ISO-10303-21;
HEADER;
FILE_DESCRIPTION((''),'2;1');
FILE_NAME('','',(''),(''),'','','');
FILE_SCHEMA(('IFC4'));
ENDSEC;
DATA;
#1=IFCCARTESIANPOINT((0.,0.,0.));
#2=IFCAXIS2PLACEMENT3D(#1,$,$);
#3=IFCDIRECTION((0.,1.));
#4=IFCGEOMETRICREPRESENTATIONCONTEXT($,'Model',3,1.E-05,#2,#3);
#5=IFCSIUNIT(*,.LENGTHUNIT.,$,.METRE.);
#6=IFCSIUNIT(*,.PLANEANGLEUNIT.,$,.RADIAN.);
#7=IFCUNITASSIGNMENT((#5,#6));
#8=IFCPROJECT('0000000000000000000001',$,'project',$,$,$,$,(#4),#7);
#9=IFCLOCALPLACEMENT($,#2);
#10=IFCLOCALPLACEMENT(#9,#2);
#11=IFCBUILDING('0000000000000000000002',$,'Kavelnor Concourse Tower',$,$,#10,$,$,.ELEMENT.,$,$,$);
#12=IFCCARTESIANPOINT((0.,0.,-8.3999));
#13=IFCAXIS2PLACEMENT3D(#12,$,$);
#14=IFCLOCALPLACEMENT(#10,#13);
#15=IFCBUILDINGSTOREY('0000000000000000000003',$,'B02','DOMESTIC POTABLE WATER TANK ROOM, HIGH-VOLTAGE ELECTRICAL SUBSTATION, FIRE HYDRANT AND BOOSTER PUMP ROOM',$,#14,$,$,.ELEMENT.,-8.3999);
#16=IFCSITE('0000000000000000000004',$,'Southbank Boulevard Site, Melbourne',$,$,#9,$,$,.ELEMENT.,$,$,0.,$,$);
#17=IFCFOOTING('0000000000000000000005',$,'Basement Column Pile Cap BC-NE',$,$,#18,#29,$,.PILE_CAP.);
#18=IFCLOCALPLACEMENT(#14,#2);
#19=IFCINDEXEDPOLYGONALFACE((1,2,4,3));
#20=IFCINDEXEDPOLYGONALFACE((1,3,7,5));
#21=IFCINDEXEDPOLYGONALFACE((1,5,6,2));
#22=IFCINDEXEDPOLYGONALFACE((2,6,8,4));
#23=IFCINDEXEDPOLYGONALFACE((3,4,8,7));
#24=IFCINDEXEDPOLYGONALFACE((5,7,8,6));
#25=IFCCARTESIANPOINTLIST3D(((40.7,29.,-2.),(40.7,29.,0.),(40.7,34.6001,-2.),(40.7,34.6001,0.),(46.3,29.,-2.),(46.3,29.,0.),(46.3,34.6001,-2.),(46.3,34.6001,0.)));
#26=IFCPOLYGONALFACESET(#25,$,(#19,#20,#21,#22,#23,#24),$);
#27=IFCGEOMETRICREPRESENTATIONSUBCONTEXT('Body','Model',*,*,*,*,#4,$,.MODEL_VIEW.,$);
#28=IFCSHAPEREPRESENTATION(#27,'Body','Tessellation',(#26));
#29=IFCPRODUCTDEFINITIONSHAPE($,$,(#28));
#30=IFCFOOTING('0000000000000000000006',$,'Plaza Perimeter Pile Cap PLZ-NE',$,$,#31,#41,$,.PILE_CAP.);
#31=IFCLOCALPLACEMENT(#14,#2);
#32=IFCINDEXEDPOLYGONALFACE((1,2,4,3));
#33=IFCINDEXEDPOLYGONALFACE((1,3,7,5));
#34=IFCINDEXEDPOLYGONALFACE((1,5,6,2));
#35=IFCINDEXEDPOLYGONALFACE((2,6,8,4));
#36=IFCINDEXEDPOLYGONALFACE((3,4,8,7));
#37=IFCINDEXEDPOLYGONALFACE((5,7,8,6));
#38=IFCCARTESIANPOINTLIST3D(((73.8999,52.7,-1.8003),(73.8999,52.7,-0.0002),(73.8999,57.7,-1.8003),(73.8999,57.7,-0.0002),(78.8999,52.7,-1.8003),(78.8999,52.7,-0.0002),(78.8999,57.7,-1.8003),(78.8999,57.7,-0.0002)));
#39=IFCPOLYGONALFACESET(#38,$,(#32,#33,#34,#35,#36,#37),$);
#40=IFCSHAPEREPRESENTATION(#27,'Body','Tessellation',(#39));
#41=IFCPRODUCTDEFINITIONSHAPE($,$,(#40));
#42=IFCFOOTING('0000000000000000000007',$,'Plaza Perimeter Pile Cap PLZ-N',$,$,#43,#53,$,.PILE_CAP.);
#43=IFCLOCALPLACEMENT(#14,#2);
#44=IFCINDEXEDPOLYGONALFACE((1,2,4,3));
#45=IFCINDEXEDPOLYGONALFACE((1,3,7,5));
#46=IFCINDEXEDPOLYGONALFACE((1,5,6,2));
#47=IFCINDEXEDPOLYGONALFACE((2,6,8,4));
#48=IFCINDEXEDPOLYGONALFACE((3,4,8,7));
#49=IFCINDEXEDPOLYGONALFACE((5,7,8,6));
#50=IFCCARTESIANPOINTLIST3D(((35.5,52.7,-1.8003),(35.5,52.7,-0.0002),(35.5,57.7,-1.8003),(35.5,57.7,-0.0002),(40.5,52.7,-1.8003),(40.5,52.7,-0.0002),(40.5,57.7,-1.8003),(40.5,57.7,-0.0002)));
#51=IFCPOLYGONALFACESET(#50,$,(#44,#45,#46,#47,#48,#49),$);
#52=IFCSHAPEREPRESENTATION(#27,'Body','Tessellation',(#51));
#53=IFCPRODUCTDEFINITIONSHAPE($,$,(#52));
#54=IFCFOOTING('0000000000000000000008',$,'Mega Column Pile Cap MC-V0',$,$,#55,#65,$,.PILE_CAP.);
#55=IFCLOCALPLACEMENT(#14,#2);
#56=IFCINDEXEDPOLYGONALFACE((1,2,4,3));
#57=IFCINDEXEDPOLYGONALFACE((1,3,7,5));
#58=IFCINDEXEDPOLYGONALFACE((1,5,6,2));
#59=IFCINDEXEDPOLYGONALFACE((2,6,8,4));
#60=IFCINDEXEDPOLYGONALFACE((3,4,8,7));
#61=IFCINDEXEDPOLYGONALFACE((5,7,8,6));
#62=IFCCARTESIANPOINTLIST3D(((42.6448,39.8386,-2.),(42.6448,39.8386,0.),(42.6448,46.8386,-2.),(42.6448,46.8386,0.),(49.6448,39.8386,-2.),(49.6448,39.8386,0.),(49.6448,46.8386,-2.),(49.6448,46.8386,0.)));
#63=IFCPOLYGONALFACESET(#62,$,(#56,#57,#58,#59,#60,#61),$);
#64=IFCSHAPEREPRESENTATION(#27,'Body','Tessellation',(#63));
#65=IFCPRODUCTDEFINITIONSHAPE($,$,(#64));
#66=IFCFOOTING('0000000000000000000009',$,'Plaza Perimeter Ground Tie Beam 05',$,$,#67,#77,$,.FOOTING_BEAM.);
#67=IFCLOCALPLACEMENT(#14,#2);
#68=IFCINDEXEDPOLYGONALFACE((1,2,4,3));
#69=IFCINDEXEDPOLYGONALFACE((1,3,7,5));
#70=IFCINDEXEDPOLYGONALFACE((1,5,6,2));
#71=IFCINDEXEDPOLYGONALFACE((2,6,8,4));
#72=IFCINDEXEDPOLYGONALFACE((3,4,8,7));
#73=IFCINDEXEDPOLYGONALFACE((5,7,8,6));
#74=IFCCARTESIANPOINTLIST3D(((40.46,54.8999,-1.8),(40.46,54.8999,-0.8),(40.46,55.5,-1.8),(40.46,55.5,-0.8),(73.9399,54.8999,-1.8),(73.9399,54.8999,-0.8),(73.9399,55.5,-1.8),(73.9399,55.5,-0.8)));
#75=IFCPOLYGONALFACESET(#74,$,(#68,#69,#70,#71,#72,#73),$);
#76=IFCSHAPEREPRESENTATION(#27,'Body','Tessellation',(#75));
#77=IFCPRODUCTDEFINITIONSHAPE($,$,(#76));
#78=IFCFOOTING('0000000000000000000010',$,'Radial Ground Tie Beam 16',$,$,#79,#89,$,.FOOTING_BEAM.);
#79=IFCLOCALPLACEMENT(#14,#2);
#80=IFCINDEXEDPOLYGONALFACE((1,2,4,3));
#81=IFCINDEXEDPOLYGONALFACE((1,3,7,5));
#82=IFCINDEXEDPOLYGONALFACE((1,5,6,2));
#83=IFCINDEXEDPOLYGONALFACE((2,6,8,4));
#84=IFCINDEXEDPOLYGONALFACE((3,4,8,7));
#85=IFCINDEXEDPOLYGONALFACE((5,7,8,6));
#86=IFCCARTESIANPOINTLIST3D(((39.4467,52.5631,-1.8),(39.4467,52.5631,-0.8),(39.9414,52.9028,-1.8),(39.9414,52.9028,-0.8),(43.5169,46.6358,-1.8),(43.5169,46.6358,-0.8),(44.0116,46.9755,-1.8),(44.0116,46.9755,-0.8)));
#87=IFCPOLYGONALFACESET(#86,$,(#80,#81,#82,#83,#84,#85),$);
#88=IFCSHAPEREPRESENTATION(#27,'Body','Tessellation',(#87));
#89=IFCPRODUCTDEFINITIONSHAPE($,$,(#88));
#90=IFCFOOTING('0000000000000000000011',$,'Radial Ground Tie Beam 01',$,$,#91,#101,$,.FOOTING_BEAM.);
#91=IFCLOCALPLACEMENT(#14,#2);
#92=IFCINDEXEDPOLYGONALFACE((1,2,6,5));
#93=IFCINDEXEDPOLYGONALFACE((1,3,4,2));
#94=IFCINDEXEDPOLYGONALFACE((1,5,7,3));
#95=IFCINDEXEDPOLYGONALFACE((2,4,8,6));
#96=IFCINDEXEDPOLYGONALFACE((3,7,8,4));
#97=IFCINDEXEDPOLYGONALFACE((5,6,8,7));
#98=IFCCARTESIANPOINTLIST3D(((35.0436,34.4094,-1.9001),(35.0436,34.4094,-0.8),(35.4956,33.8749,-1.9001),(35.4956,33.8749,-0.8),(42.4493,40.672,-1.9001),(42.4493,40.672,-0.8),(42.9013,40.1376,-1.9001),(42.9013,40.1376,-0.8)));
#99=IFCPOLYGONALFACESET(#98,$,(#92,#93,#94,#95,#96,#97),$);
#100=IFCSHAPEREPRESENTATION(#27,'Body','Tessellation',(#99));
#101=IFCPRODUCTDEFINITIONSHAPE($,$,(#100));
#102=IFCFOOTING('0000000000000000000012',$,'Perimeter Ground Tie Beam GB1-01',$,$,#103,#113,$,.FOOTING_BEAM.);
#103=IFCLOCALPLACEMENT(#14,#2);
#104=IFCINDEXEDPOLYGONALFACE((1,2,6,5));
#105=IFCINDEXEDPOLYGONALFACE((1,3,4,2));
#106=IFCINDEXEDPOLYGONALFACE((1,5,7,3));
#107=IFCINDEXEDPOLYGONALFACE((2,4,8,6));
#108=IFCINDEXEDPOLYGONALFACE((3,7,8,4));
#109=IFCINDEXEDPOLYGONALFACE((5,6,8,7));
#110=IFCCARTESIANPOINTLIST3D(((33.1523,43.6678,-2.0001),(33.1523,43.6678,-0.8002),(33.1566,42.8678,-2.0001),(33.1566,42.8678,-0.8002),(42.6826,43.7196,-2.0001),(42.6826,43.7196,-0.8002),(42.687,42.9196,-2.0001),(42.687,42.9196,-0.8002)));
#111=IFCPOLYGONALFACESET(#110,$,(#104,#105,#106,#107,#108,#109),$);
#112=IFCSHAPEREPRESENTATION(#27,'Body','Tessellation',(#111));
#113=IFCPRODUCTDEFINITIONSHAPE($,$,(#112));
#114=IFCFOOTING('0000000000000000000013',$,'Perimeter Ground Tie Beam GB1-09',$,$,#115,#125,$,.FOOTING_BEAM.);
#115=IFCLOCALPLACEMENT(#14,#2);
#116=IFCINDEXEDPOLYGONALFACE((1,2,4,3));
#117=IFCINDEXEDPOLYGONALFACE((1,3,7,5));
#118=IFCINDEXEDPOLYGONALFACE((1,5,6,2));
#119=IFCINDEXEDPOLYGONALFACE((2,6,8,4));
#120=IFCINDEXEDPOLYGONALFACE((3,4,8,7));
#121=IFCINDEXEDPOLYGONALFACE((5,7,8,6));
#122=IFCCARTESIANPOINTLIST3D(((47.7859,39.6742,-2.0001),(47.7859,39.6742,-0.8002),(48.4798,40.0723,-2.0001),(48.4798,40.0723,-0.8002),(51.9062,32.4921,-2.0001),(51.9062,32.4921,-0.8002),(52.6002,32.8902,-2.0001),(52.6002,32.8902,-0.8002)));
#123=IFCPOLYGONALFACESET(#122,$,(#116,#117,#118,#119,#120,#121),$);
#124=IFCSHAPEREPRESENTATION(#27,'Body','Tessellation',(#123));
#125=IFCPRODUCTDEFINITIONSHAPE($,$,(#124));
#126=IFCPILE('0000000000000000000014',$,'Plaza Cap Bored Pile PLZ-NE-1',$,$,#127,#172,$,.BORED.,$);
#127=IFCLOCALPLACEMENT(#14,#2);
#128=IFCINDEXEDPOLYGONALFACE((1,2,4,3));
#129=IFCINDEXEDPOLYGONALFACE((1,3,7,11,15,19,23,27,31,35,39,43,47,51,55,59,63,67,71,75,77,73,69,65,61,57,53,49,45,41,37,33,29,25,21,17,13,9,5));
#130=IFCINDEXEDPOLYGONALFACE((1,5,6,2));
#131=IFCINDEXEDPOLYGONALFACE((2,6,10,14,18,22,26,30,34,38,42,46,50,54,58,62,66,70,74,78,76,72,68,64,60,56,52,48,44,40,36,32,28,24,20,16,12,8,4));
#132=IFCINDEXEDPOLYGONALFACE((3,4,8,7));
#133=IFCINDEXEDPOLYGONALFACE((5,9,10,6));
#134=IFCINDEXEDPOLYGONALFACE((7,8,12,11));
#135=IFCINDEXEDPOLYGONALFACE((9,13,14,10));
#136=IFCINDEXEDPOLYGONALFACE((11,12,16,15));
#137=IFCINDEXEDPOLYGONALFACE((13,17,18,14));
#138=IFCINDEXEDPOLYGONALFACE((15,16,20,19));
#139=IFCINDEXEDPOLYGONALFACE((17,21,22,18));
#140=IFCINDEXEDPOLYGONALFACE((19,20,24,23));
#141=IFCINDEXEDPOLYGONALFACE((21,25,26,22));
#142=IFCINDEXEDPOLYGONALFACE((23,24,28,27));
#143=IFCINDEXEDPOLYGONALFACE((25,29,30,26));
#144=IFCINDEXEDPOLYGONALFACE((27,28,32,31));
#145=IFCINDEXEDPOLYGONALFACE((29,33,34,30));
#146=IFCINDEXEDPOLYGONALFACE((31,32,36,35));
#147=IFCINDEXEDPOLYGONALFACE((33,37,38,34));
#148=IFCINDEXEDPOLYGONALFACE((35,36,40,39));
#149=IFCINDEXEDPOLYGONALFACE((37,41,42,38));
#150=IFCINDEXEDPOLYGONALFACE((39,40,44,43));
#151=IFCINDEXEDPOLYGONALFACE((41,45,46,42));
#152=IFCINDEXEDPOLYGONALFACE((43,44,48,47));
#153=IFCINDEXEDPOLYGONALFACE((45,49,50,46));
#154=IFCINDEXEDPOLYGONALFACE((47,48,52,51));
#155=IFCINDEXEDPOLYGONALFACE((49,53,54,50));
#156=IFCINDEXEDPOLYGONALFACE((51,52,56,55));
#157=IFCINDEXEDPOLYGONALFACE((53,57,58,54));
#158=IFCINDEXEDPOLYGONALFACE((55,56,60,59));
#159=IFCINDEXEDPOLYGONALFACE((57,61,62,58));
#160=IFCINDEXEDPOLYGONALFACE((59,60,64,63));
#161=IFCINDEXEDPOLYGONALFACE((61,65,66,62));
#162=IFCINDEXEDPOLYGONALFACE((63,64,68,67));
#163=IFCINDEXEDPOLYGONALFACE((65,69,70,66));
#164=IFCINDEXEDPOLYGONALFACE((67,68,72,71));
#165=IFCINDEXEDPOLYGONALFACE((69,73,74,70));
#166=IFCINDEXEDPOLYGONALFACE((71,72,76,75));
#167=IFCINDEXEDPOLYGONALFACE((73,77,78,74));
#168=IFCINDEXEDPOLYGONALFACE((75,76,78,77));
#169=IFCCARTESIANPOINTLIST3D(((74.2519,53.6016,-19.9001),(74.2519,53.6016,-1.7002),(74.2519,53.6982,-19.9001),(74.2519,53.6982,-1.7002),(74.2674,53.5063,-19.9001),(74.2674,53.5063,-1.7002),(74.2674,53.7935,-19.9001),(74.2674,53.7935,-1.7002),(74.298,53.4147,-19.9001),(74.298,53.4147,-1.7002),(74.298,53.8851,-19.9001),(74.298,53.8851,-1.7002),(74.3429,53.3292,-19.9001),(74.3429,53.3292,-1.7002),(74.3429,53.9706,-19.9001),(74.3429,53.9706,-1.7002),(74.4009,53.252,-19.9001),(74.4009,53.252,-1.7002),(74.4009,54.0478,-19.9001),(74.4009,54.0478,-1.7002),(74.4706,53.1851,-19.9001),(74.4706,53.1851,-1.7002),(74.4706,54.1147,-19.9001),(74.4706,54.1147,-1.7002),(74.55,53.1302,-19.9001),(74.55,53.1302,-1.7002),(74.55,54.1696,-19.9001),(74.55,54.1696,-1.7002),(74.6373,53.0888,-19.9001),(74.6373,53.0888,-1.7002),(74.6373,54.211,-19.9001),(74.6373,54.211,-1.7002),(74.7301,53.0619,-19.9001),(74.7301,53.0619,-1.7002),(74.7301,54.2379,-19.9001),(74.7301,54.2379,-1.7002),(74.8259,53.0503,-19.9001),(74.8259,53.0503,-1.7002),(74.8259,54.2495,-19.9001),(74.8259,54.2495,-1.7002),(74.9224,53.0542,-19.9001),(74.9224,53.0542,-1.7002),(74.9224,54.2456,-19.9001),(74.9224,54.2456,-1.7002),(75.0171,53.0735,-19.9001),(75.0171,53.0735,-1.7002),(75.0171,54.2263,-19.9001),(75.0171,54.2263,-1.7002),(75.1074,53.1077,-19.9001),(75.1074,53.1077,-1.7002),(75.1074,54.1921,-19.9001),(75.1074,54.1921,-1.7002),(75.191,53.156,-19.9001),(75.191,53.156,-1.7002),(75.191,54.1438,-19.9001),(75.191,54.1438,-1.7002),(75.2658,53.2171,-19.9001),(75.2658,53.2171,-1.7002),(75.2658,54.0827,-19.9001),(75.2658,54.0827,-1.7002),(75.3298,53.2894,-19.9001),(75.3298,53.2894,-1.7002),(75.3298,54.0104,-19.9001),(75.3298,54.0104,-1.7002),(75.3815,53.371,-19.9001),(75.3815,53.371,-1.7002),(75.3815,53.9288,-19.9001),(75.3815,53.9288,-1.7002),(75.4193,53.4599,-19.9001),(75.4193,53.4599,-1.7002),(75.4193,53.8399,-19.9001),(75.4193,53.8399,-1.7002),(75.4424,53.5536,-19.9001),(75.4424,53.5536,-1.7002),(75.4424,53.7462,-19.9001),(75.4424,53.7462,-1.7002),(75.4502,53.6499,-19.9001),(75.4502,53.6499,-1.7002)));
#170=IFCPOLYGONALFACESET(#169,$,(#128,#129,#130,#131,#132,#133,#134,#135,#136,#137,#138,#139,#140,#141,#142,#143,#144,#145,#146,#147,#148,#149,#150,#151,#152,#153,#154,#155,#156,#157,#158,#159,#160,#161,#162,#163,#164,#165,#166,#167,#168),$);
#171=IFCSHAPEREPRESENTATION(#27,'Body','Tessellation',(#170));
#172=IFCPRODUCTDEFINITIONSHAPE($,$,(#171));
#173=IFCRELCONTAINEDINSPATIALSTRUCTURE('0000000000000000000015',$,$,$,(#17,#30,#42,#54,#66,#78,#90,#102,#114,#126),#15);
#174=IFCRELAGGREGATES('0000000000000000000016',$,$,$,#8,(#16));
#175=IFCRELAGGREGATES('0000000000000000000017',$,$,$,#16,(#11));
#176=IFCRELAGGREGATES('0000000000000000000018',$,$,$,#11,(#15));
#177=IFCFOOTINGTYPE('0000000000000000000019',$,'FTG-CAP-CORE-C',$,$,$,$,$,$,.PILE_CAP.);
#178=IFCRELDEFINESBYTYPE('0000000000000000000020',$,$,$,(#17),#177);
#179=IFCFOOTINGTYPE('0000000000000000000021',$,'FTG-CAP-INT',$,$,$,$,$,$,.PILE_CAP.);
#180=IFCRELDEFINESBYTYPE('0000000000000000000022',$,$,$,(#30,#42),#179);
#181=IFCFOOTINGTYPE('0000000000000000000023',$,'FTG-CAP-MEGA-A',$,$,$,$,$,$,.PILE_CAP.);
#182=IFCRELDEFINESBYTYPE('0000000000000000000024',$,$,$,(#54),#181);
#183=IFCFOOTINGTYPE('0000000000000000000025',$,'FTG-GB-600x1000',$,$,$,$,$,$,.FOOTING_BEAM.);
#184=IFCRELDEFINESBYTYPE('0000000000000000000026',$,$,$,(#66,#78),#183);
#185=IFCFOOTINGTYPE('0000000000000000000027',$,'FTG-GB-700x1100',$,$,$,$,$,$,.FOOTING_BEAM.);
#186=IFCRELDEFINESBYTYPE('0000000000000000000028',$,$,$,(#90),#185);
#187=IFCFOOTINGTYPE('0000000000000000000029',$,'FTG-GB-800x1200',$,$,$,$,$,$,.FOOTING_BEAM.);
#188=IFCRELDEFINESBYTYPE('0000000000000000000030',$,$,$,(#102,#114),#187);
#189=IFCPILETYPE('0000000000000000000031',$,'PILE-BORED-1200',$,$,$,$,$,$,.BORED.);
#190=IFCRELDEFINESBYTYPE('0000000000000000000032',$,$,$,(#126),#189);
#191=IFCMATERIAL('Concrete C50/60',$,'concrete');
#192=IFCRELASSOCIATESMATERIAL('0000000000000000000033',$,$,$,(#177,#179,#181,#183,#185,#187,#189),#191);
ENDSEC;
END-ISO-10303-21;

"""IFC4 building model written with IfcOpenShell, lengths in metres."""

from ifc_helpers import new_model, si_unit, direction, frame, origin, origin_2d, place, context, subcontext, project, spatial, rectangle, circle, extrude, material, material_profile, profile_set, type_object, element, save


model = new_model("IFC4")

# Units and contexts
model_context = context("Model", 3, precision=1e-05, world=origin(), true_north=direction((0.0, 1.0)))
body_context = subcontext(model_context, "Body", "Model", "MODEL_VIEW")
ifc_project = project(units=[si_unit("LENGTHUNIT", "METRE"), si_unit("PLANEANGLEUNIT", "RADIAN")], contexts=[model_context])

# Site, building, storey
site_placement = place(None, origin())
site = spatial("IfcSite", under=ifc_project, at=site_placement, Name="Southbank Boulevard Site, Melbourne", CompositionType="ELEMENT", RefElevation=0.0)
building_placement = place(site_placement, origin())
building = spatial("IfcBuilding", under=site, at=building_placement, Name="Kavelnor Concourse Tower", CompositionType="ELEMENT")
storey_placement = place(building_placement, frame((0.0, 0.0, -8.3999)))
storey = spatial("IfcBuildingStorey", under=building, at=storey_placement, Name="B02", Description="DOMESTIC POTABLE WATER TANK ROOM, HIGH-VOLTAGE ELECTRICAL SUBSTATION, FIRE HYDRANT AND BOOSTER PUMP ROOM", CompositionType="ELEMENT", Elevation=-8.3999)

# Footings
ifc_material_1 = material(Name="Concrete C50/60", Category="concrete")
footing_type_1 = type_object("IfcFootingType", Name="FTG-CAP-CORE-C", PredefinedType="PILE_CAP", material=ifc_material_1)
footing_1_placement = place(storey_placement, frame((43.5, 31.8, -2.0), z_axis=(0.0, 0.0, 1.0), x_axis=(1.0, 0.0, 0.0)))
element("IfcFooting", 1, at=footing_1_placement, inside=storey, type_object=footing_type_1, Name="Basement Column Pile Cap BC-NE", PredefinedType="PILE_CAP", context=body_context, shape_type="SweptSolid", body=[
    extrude(rectangle(XDim=5.6001, YDim=5.6001, at=origin_2d()), origin(), (0.0, 0.0, 1.0), 2.0),
])
footing_type_2 = type_object("IfcFootingType", Name="FTG-CAP-INT", PredefinedType="PILE_CAP", material=ifc_material_1)
for number, where, z_axis, x_axis, name in (
    (2, (76.3999, 55.2, -1.8003), (0.0, 0.0, 1.0), (1.0, 0.0, 0.0), "Plaza Perimeter Pile Cap PLZ-NE"),
    (3, (38.0, 55.2, -1.8003), (0.0, 0.0, 1.0), (1.0, 0.0, 0.0), "Plaza Perimeter Pile Cap PLZ-N"),
):
    element("IfcFooting", number, at=place(storey_placement, frame(where, z_axis=z_axis, x_axis=x_axis)), inside=storey, type_object=footing_type_2, Name=name, PredefinedType="PILE_CAP", context=body_context, shape_type="SweptSolid", body=[
        extrude(rectangle(XDim=5.0, YDim=5.0, at=origin_2d()), origin(), (0.0, 0.0, 1.0), 1.8),
    ])
footing_type_3 = type_object("IfcFootingType", Name="FTG-CAP-MEGA-A", PredefinedType="PILE_CAP", material=ifc_material_1)
footing_2_placement = place(storey_placement, frame((46.1448, 43.3386, -2.0), z_axis=(0.0, 0.0, 1.0), x_axis=(1.0, 0.0, 0.0)))
element("IfcFooting", 4, at=footing_2_placement, inside=storey, type_object=footing_type_3, Name="Mega Column Pile Cap MC-V0", PredefinedType="PILE_CAP", context=body_context, shape_type="SweptSolid", body=[
    extrude(rectangle(XDim=7.0, YDim=7.0, at=origin_2d()), origin(), (0.0, 0.0, 1.0), 2.0),
])
ifc_material_profile_1 = material_profile(ifc_material_1, rectangle(XDim=0.6001, YDim=1.0, at=origin_2d()), Name="RC-GB 600x1000")
ifc_profile_set_1 = profile_set([ifc_material_profile_1], Name="Concrete C50/60")
footing_type_4 = type_object("IfcFootingType", Name="FTG-GB-600x1000", PredefinedType="FOOTING_BEAM", material=ifc_profile_set_1)
footing_3_placement = place(storey_placement, frame((73.9399, 55.2, -1.3), z_axis=(-1.0, 0.0, 0.0), x_axis=(0.0, -1.0, 0.0)))
element("IfcFooting", 5, at=footing_3_placement, inside=storey, type_object=footing_type_4, Name="Plaza Perimeter Ground Tie Beam 05", PredefinedType="FOOTING_BEAM", context=body_context, shape_type="SweptSolid", body=[
    extrude(rectangle(XDim=0.6001, YDim=1.0, at=origin_2d()), origin(), (0.0, 0.0, 1.0), 33.48),
])
footing_4_placement = place(storey_placement, frame((39.6941, 52.7329, -1.3), z_axis=(0.566065, -0.824361, 0.0), x_axis=(0.824361, 0.566065, 0.0)))
element("IfcFooting", 6, at=footing_4_placement, inside=storey, type_object=footing_type_4, Name="Radial Ground Tie Beam 16", PredefinedType="FOOTING_BEAM", context=body_context, shape_type="SweptSolid", body=[
    extrude(rectangle(XDim=0.6001, YDim=1.0, at=origin_2d()), origin(), (0.0, 0.0, 1.0), 7.1902),
])
ifc_material_profile_2 = material_profile(ifc_material_1, rectangle(XDim=0.7, YDim=1.1001, at=origin_2d()), Name="RC-GB 700x1100")
ifc_profile_set_2 = profile_set([ifc_material_profile_2], Name="Concrete C50/60")
footing_type_5 = type_object("IfcFootingType", Name="FTG-GB-700x1100", PredefinedType="FOOTING_BEAM", material=ifc_profile_set_2)
footing_5_placement = place(storey_placement, frame((42.6753, 40.4048, -1.3501), z_axis=(-0.763575, -0.645719, 0.0), x_axis=(0.645719, -0.763575, 0.0)))
element("IfcFooting", 7, at=footing_5_placement, inside=storey, type_object=footing_type_5, Name="Radial Ground Tie Beam 01", PredefinedType="FOOTING_BEAM", context=body_context, shape_type="SweptSolid", body=[
    extrude(rectangle(XDim=0.7, YDim=1.1001, at=origin_2d()), origin(), (0.0, 0.0, 1.0), 9.6987),
])
ifc_material_profile_3 = material_profile(ifc_material_1, rectangle(XDim=0.8, YDim=1.2, at=origin_2d()), Name="RC-GB 800x1200")
ifc_profile_set_3 = profile_set([ifc_material_profile_3], Name="Concrete C50/60")
footing_type_6 = type_object("IfcFootingType", Name="FTG-GB-800x1200", PredefinedType="FOOTING_BEAM", material=ifc_profile_set_3)
footing_6_placement = place(storey_placement, frame((42.6848, 43.3196, -1.4001), z_axis=(-0.999985, -0.005431, 0.0), x_axis=(0.005431, -0.999985, 0.0)))
element("IfcFooting", 8, at=footing_6_placement, inside=storey, type_object=footing_type_6, Name="Perimeter Ground Tie Beam GB1-01", PredefinedType="FOOTING_BEAM", context=body_context, shape_type="SweptSolid", body=[
    extrude(rectangle(XDim=0.8, YDim=1.2, at=origin_2d()), origin(), (0.0, 0.0, 1.0), 9.5305),
])
footing_7_placement = place(storey_placement, frame((52.2532, 32.6912, -1.4001), z_axis=(-0.497621, 0.867395, 0.0), x_axis=(-0.867395, -0.497621, 0.0)))
element("IfcFooting", 9, at=footing_7_placement, inside=storey, type_object=footing_type_6, Name="Perimeter Ground Tie Beam GB1-09", PredefinedType="FOOTING_BEAM", context=body_context, shape_type="SweptSolid", body=[
    extrude(rectangle(XDim=0.8, YDim=1.2, at=origin_2d()), origin(), (0.0, 0.0, 1.0), 8.28),
])

# Pile
ifc_material_profile_4 = material_profile(ifc_material_1, circle(Radius=0.6001, at=origin_2d()), Name="PILE-D1200")
ifc_profile_set_4 = profile_set([ifc_material_profile_4], Name="Concrete C50/60")
pile_type_1 = type_object("IfcPileType", Name="PILE-BORED-1200", PredefinedType="BORED", material=ifc_profile_set_4)
for number, where, z_axis, x_axis, name in (
    (10, (74.8501, 53.6499, -1.7002), (0.0, 0.0, -1.0), (1.0, 0.0, 0.0), "Plaza Cap Bored Pile PLZ-NE-1"),
):
    element("IfcPile", number, at=place(storey_placement, frame(where, z_axis=z_axis, x_axis=x_axis)), inside=storey, type_object=pile_type_1, Name=name, PredefinedType="BORED", context=body_context, shape_type="SweptSolid", body=[
        extrude(circle(Radius=0.6001, at=origin_2d()), origin(), (0.0, 0.0, 1.0), 18.2),
    ])

save(model, "model.ifc")
